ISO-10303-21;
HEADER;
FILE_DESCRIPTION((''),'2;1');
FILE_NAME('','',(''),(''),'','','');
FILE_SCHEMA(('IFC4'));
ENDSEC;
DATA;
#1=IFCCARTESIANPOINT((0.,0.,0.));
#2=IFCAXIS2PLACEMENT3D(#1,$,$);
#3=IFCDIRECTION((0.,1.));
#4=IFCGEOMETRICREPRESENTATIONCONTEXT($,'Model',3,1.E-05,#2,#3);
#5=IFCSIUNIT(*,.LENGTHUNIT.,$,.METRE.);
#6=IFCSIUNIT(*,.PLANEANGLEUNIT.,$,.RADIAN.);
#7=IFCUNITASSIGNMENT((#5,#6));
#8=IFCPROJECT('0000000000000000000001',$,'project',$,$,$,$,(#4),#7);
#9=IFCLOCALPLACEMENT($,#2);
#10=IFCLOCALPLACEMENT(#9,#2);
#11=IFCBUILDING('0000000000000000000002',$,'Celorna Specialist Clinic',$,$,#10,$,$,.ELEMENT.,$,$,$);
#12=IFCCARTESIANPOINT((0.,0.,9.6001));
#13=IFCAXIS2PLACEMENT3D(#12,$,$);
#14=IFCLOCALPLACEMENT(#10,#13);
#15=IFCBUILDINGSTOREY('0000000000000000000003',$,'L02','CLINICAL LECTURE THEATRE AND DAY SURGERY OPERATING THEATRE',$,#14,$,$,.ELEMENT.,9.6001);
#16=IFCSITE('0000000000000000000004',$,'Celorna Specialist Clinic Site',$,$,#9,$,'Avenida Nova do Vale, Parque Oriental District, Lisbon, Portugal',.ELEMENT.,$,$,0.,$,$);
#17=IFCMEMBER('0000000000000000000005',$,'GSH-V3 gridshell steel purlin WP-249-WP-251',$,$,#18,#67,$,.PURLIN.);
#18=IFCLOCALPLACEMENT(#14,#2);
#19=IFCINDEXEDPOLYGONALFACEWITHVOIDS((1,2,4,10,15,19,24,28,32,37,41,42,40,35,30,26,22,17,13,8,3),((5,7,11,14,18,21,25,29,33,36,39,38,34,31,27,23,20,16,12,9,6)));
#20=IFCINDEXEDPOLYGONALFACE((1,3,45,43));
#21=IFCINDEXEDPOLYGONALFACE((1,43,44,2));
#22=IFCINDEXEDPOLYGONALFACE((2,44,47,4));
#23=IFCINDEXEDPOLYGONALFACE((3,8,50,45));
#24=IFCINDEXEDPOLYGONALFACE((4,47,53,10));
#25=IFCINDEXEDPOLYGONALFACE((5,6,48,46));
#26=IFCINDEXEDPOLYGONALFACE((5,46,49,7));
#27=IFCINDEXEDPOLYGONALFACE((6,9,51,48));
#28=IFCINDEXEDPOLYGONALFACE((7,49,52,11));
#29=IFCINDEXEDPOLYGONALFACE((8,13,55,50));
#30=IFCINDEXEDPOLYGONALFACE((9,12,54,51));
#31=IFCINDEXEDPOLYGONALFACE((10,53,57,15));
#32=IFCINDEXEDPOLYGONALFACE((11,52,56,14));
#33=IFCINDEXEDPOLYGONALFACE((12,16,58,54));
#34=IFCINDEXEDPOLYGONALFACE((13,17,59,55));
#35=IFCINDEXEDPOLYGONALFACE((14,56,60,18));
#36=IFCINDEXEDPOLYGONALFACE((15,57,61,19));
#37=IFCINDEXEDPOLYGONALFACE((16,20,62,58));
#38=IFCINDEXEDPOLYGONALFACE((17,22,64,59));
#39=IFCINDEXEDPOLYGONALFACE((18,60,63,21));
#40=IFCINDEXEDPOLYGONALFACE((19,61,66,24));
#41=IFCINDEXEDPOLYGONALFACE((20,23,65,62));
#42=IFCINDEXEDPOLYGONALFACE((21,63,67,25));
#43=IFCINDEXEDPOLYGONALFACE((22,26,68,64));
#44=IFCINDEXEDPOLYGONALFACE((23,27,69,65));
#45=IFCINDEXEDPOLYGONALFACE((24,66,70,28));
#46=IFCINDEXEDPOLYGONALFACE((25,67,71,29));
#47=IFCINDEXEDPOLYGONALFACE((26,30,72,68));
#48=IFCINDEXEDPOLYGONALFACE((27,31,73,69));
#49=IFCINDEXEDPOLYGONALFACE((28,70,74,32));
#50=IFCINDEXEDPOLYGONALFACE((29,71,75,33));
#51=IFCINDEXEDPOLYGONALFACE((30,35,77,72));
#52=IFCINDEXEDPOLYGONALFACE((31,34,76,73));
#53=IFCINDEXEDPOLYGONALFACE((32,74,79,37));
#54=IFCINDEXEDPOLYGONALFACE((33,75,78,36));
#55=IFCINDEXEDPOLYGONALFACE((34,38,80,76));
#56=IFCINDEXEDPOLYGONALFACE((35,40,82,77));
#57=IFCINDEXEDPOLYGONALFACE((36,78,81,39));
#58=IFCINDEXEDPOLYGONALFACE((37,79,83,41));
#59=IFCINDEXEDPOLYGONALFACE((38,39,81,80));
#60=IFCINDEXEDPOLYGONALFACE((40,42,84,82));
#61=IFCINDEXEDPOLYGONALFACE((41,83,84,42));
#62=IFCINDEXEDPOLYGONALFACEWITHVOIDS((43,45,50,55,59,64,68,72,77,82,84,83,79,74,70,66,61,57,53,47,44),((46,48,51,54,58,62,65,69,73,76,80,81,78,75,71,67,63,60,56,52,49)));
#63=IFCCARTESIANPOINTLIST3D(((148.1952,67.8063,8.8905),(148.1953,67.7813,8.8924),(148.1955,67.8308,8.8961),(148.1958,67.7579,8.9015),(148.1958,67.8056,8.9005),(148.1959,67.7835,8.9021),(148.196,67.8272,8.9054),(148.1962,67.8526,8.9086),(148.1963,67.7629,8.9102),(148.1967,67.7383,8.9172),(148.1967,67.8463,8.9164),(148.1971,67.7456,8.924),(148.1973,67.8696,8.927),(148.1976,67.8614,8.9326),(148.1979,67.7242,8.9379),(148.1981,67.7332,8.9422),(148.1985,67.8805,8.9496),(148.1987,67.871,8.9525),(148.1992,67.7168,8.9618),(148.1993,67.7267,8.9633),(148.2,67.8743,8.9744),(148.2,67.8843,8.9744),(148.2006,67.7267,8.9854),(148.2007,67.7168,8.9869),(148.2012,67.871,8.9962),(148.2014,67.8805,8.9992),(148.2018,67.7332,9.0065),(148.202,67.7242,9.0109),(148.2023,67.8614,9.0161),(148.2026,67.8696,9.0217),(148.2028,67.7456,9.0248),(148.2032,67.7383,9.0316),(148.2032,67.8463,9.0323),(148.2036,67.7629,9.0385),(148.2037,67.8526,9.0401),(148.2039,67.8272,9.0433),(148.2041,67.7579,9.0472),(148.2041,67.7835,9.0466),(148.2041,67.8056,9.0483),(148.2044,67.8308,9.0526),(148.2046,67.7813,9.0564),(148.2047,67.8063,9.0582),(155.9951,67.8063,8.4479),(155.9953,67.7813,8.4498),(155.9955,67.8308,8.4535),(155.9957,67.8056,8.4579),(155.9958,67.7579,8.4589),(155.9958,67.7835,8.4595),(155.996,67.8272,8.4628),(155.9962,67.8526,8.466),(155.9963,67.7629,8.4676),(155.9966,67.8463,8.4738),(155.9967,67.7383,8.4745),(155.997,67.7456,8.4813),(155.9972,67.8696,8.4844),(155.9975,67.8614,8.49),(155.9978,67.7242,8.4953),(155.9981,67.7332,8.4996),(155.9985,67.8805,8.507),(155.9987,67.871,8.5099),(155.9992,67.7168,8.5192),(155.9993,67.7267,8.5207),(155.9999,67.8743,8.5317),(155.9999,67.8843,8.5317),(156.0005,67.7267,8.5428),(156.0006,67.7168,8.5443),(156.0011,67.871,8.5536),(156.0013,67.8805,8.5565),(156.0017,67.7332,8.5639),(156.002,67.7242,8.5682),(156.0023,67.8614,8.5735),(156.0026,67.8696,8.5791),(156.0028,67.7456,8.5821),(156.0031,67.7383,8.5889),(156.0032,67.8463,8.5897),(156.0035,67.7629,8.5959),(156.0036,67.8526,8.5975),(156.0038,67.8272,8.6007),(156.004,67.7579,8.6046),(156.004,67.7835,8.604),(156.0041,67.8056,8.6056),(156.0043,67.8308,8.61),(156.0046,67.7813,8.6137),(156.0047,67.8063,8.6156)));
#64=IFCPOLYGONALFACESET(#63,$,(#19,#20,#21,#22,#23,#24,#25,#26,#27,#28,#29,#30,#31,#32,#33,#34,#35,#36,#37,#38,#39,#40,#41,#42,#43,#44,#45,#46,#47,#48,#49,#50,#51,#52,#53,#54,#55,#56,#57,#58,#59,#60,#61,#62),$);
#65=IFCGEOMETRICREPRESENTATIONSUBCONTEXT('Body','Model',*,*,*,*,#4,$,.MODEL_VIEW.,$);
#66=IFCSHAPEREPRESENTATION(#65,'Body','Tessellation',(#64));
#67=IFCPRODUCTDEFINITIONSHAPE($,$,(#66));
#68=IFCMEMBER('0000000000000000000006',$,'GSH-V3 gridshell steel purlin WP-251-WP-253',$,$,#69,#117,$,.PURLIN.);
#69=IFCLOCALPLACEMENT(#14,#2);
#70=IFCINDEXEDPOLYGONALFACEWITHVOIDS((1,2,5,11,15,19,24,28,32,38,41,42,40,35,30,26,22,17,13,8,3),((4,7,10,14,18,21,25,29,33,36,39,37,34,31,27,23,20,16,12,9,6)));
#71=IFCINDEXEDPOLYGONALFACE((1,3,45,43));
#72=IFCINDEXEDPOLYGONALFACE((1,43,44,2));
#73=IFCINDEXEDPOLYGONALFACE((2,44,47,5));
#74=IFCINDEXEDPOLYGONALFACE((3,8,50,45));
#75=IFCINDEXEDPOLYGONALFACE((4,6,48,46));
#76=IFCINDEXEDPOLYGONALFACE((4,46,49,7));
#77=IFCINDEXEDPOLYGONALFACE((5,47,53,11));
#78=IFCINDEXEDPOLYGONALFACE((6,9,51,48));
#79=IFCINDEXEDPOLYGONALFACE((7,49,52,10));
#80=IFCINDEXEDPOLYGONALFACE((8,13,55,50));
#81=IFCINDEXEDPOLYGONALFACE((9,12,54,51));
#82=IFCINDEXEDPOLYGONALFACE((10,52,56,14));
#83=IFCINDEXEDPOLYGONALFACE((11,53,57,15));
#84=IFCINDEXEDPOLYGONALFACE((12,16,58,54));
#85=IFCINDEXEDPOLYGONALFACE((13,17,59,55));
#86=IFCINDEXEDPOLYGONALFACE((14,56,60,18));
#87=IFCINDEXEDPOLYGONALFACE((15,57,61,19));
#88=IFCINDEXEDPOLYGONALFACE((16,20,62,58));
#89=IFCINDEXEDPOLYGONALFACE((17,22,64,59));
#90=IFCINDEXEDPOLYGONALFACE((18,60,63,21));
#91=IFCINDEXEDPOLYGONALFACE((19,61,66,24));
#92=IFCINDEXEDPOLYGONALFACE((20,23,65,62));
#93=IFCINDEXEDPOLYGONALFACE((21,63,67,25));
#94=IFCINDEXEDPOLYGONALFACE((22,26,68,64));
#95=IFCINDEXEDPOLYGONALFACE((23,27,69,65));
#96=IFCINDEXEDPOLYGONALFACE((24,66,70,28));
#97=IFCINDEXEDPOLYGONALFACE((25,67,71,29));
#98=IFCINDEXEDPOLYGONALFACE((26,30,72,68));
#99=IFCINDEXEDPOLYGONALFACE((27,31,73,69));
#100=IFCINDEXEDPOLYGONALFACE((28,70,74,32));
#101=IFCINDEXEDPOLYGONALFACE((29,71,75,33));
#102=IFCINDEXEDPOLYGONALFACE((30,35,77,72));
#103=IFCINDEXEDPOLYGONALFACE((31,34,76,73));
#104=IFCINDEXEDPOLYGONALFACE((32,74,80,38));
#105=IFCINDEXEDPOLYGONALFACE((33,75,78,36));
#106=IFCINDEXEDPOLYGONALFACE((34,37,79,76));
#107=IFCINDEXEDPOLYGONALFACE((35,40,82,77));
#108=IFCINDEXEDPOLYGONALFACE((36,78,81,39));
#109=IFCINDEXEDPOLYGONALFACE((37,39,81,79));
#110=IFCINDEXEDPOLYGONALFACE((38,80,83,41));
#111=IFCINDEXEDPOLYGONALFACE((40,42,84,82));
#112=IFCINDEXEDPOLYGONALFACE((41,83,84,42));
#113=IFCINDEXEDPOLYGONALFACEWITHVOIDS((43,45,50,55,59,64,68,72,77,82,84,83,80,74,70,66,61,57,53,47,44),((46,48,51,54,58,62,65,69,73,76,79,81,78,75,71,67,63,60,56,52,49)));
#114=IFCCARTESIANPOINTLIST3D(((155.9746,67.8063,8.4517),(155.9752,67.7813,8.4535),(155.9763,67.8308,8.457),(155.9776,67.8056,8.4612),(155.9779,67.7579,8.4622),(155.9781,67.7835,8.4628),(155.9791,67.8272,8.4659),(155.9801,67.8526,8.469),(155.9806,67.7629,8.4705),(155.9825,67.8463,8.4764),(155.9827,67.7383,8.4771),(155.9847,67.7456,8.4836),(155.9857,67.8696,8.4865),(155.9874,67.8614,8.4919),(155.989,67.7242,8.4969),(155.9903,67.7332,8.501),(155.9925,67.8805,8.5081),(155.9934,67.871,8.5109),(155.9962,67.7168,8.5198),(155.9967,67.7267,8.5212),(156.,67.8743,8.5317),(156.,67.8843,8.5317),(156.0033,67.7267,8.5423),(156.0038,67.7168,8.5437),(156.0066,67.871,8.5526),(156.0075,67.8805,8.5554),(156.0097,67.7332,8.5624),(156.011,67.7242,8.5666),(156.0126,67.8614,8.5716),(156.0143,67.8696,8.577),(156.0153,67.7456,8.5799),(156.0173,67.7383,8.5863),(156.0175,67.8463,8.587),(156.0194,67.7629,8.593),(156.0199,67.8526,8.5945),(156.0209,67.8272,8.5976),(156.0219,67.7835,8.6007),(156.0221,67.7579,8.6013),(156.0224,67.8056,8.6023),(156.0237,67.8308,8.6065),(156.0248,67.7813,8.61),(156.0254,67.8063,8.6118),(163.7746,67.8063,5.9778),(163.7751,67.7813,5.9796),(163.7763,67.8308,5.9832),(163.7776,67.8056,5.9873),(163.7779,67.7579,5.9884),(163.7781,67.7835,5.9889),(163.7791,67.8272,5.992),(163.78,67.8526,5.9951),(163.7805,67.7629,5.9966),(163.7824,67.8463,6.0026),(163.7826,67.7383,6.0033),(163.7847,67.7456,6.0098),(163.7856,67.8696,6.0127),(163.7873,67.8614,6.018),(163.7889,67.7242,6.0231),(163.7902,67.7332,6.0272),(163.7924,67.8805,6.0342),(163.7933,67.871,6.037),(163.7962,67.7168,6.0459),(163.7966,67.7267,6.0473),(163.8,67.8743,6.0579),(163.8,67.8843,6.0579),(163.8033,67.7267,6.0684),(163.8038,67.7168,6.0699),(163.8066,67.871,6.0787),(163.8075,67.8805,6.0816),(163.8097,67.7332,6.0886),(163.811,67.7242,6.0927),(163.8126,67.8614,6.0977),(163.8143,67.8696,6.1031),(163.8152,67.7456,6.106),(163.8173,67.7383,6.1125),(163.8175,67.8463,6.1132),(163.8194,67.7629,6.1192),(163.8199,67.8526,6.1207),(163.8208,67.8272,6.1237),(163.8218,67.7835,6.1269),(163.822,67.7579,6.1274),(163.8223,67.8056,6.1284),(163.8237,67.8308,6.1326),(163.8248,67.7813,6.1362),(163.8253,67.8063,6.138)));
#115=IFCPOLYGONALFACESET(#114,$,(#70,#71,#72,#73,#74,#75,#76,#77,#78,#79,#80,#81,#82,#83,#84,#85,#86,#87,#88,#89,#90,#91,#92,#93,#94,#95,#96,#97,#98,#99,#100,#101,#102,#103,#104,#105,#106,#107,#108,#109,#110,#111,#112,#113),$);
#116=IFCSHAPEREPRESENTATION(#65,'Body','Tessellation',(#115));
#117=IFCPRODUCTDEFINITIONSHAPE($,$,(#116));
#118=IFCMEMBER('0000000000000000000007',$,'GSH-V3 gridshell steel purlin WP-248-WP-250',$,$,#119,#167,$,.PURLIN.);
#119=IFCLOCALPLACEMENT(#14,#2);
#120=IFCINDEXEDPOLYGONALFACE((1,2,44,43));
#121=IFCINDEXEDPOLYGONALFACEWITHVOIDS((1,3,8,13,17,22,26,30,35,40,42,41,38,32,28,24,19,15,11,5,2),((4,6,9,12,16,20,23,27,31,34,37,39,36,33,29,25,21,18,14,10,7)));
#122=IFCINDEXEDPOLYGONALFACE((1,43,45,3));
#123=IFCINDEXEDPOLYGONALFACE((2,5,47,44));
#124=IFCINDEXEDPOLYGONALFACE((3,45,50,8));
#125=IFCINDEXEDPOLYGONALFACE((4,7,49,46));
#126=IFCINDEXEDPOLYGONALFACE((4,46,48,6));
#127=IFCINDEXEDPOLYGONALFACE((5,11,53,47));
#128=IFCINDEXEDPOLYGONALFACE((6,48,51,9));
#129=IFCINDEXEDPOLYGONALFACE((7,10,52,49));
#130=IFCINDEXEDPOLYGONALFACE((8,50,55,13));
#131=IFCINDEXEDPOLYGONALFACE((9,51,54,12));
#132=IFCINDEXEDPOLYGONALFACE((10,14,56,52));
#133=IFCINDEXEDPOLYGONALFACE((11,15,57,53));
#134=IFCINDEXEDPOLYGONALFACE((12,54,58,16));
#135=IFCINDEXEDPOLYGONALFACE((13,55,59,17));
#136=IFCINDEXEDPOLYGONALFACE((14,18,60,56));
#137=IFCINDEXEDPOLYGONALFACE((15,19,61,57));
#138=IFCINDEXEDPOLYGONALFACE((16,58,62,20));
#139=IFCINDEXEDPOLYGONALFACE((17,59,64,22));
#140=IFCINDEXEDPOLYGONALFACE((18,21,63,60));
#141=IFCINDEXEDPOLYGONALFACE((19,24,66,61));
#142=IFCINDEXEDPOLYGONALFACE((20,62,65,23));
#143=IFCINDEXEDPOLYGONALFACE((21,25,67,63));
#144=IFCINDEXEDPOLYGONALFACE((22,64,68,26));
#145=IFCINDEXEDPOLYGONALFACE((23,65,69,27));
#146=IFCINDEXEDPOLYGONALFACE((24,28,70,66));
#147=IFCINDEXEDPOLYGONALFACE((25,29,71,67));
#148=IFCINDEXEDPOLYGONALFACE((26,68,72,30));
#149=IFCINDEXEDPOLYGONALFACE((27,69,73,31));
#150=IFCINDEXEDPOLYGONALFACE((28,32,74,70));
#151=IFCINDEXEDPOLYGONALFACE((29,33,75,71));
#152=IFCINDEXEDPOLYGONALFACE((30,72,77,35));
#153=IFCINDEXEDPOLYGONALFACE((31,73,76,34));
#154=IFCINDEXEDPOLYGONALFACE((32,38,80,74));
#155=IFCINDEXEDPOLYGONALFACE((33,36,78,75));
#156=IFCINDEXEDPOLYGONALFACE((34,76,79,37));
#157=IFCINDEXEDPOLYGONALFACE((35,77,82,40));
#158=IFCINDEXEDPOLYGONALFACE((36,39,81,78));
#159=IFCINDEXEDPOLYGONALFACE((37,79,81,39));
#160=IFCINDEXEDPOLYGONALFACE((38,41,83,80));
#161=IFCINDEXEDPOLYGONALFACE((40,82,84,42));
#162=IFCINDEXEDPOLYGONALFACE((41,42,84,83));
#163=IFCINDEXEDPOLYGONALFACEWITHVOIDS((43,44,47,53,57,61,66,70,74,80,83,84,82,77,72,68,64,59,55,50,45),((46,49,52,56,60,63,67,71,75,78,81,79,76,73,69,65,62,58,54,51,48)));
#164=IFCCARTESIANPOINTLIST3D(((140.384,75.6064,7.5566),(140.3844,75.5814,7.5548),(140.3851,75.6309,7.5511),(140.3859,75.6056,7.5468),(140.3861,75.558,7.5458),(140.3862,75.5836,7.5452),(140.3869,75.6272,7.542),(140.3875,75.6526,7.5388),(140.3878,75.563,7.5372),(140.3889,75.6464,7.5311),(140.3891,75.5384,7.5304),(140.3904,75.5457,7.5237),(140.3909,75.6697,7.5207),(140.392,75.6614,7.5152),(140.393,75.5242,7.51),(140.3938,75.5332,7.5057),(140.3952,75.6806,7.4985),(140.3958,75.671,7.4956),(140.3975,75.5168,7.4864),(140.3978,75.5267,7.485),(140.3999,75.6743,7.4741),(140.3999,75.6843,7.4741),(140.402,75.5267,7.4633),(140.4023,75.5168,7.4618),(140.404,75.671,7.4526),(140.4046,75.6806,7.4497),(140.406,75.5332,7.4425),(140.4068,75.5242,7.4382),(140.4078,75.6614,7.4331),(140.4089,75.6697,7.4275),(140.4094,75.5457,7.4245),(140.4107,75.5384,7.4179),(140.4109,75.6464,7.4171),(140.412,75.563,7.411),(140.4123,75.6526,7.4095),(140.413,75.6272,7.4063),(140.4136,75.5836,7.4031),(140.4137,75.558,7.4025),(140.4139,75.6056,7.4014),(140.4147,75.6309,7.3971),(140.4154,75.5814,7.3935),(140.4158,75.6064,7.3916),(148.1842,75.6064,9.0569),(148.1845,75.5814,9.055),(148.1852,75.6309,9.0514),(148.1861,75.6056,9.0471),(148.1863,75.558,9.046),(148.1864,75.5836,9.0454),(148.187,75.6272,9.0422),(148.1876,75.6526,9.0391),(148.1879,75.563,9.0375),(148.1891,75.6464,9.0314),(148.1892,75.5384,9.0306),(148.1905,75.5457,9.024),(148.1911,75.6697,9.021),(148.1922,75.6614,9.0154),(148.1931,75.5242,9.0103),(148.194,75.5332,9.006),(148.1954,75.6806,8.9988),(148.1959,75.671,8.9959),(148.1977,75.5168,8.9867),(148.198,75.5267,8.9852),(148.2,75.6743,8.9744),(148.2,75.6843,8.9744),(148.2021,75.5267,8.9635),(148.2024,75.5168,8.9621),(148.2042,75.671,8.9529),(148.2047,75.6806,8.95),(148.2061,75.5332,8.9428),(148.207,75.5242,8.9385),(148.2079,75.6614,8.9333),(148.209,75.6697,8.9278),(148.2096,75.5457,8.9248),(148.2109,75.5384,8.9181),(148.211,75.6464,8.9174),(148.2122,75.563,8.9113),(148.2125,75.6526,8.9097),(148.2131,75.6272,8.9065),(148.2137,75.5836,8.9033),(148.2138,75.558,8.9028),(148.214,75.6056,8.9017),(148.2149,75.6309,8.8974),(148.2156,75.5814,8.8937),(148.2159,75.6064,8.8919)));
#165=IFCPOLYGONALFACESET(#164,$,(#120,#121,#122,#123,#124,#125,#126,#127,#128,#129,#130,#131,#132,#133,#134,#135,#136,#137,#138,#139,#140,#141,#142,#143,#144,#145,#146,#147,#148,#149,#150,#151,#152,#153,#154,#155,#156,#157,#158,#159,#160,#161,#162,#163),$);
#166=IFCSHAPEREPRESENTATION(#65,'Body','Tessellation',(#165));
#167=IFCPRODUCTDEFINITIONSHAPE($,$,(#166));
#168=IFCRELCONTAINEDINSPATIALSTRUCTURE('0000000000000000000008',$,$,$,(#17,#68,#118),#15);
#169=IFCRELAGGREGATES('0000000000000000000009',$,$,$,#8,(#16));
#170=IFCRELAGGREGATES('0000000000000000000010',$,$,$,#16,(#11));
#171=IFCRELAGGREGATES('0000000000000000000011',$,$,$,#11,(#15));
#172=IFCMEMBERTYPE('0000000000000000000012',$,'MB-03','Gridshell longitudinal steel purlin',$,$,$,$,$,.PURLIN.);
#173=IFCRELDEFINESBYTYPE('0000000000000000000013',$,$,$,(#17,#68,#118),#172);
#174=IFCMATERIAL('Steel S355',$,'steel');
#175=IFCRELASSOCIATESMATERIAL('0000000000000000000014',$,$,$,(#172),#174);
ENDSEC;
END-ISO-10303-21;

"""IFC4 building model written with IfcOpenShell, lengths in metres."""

from ifc_helpers import new_model, si_unit, direction, frame, origin, origin_2d, place, context, subcontext, project, spatial, hollow_circle, extrude, material, material_profile, profile_set, type_object, element, save


model = new_model("IFC4")

# Units and contexts
model_context = context("Model", 3, precision=1e-05, world=origin(), true_north=direction((0.0, 1.0)))
body_context = subcontext(model_context, "Body", "Model", "MODEL_VIEW")
ifc_project = project(units=[si_unit("LENGTHUNIT", "METRE"), si_unit("PLANEANGLEUNIT", "RADIAN")], contexts=[model_context])

# Site, building, storey
site_placement = place(None, origin())
site = spatial("IfcSite", under=ifc_project, at=site_placement, Name="Celorna Specialist Clinic Site", LongName="Avenida Nova do Vale, Parque Oriental District, Lisbon, Portugal", CompositionType="ELEMENT", RefElevation=0.0)
building_placement = place(site_placement, origin())
building = spatial("IfcBuilding", under=site, at=building_placement, Name="Celorna Specialist Clinic", CompositionType="ELEMENT")
storey_placement = place(building_placement, frame((0.0, 0.0, 9.6001)))
storey = spatial("IfcBuildingStorey", under=building, at=storey_placement, Name="L02", Description="CLINICAL LECTURE THEATRE AND DAY SURGERY OPERATING THEATRE", CompositionType="ELEMENT", Elevation=9.6001)

# Shared definitions
ifc_material_1 = material(Name="Steel S355", Category="steel")

# Members
ifc_material_profile_1 = material_profile(ifc_material_1, hollow_circle(Radius=0.0842, WallThickness=0.01, at=origin_2d()), Name="CHS 168.3x10")
ifc_profile_set_1 = profile_set([ifc_material_profile_1], Name="Steel S355")
member_type_1 = type_object("IfcMemberType", Name="MB-03", Description="Gridshell longitudinal steel purlin", PredefinedType="PURLIN", material=ifc_profile_set_1)
for number, where, z_axis, x_axis, name in (
    (1, (148.2, 67.8, 8.9744), (0.998394, 0.0, -0.056656), (0.0, 1.0, 0.0), "GSH-V3 gridshell steel purlin WP-249-WP-251"),
):
    element("IfcMember", number, at=place(storey_placement, frame(where, z_axis=z_axis, x_axis=x_axis)), inside=storey, type_object=member_type_1, Name=name, PredefinedType="PURLIN", context=body_context, shape_type="SweptSolid", body=[
        extrude(hollow_circle(Radius=0.0842, WallThickness=0.01, at=origin_2d()), origin(), (0.0, 0.0, 1.0), 7.8125),
    ])
member_1_placement = place(storey_placement, frame((156.0, 67.8, 8.5317), z_axis=(0.953206, 0.0, -0.302321), x_axis=(0.0, 1.0, 0.0)))
element("IfcMember", 2, at=member_1_placement, inside=storey, type_object=member_type_1, Name="GSH-V3 gridshell steel purlin WP-251-WP-253", PredefinedType="PURLIN", context=body_context, shape_type="SweptSolid", body=[
    extrude(hollow_circle(Radius=0.0842, WallThickness=0.01, at=origin_2d()), origin(), (0.0, 0.0, 1.0), 8.1829),
])
member_2_placement = place(storey_placement, frame((140.3999, 75.6001, 7.4741), z_axis=(0.982001, 0.0, 0.188876), x_axis=(0.0, 1.0, 0.0)))
element("IfcMember", 3, at=member_2_placement, inside=storey, type_object=member_type_1, Name="GSH-V3 gridshell steel purlin WP-248-WP-250", PredefinedType="PURLIN", context=body_context, shape_type="SweptSolid", body=[
    extrude(hollow_circle(Radius=0.0842, WallThickness=0.01, at=origin_2d()), origin(), (0.0, 0.0, 1.0), 7.9431),
])

save(model, "model.ifc")
